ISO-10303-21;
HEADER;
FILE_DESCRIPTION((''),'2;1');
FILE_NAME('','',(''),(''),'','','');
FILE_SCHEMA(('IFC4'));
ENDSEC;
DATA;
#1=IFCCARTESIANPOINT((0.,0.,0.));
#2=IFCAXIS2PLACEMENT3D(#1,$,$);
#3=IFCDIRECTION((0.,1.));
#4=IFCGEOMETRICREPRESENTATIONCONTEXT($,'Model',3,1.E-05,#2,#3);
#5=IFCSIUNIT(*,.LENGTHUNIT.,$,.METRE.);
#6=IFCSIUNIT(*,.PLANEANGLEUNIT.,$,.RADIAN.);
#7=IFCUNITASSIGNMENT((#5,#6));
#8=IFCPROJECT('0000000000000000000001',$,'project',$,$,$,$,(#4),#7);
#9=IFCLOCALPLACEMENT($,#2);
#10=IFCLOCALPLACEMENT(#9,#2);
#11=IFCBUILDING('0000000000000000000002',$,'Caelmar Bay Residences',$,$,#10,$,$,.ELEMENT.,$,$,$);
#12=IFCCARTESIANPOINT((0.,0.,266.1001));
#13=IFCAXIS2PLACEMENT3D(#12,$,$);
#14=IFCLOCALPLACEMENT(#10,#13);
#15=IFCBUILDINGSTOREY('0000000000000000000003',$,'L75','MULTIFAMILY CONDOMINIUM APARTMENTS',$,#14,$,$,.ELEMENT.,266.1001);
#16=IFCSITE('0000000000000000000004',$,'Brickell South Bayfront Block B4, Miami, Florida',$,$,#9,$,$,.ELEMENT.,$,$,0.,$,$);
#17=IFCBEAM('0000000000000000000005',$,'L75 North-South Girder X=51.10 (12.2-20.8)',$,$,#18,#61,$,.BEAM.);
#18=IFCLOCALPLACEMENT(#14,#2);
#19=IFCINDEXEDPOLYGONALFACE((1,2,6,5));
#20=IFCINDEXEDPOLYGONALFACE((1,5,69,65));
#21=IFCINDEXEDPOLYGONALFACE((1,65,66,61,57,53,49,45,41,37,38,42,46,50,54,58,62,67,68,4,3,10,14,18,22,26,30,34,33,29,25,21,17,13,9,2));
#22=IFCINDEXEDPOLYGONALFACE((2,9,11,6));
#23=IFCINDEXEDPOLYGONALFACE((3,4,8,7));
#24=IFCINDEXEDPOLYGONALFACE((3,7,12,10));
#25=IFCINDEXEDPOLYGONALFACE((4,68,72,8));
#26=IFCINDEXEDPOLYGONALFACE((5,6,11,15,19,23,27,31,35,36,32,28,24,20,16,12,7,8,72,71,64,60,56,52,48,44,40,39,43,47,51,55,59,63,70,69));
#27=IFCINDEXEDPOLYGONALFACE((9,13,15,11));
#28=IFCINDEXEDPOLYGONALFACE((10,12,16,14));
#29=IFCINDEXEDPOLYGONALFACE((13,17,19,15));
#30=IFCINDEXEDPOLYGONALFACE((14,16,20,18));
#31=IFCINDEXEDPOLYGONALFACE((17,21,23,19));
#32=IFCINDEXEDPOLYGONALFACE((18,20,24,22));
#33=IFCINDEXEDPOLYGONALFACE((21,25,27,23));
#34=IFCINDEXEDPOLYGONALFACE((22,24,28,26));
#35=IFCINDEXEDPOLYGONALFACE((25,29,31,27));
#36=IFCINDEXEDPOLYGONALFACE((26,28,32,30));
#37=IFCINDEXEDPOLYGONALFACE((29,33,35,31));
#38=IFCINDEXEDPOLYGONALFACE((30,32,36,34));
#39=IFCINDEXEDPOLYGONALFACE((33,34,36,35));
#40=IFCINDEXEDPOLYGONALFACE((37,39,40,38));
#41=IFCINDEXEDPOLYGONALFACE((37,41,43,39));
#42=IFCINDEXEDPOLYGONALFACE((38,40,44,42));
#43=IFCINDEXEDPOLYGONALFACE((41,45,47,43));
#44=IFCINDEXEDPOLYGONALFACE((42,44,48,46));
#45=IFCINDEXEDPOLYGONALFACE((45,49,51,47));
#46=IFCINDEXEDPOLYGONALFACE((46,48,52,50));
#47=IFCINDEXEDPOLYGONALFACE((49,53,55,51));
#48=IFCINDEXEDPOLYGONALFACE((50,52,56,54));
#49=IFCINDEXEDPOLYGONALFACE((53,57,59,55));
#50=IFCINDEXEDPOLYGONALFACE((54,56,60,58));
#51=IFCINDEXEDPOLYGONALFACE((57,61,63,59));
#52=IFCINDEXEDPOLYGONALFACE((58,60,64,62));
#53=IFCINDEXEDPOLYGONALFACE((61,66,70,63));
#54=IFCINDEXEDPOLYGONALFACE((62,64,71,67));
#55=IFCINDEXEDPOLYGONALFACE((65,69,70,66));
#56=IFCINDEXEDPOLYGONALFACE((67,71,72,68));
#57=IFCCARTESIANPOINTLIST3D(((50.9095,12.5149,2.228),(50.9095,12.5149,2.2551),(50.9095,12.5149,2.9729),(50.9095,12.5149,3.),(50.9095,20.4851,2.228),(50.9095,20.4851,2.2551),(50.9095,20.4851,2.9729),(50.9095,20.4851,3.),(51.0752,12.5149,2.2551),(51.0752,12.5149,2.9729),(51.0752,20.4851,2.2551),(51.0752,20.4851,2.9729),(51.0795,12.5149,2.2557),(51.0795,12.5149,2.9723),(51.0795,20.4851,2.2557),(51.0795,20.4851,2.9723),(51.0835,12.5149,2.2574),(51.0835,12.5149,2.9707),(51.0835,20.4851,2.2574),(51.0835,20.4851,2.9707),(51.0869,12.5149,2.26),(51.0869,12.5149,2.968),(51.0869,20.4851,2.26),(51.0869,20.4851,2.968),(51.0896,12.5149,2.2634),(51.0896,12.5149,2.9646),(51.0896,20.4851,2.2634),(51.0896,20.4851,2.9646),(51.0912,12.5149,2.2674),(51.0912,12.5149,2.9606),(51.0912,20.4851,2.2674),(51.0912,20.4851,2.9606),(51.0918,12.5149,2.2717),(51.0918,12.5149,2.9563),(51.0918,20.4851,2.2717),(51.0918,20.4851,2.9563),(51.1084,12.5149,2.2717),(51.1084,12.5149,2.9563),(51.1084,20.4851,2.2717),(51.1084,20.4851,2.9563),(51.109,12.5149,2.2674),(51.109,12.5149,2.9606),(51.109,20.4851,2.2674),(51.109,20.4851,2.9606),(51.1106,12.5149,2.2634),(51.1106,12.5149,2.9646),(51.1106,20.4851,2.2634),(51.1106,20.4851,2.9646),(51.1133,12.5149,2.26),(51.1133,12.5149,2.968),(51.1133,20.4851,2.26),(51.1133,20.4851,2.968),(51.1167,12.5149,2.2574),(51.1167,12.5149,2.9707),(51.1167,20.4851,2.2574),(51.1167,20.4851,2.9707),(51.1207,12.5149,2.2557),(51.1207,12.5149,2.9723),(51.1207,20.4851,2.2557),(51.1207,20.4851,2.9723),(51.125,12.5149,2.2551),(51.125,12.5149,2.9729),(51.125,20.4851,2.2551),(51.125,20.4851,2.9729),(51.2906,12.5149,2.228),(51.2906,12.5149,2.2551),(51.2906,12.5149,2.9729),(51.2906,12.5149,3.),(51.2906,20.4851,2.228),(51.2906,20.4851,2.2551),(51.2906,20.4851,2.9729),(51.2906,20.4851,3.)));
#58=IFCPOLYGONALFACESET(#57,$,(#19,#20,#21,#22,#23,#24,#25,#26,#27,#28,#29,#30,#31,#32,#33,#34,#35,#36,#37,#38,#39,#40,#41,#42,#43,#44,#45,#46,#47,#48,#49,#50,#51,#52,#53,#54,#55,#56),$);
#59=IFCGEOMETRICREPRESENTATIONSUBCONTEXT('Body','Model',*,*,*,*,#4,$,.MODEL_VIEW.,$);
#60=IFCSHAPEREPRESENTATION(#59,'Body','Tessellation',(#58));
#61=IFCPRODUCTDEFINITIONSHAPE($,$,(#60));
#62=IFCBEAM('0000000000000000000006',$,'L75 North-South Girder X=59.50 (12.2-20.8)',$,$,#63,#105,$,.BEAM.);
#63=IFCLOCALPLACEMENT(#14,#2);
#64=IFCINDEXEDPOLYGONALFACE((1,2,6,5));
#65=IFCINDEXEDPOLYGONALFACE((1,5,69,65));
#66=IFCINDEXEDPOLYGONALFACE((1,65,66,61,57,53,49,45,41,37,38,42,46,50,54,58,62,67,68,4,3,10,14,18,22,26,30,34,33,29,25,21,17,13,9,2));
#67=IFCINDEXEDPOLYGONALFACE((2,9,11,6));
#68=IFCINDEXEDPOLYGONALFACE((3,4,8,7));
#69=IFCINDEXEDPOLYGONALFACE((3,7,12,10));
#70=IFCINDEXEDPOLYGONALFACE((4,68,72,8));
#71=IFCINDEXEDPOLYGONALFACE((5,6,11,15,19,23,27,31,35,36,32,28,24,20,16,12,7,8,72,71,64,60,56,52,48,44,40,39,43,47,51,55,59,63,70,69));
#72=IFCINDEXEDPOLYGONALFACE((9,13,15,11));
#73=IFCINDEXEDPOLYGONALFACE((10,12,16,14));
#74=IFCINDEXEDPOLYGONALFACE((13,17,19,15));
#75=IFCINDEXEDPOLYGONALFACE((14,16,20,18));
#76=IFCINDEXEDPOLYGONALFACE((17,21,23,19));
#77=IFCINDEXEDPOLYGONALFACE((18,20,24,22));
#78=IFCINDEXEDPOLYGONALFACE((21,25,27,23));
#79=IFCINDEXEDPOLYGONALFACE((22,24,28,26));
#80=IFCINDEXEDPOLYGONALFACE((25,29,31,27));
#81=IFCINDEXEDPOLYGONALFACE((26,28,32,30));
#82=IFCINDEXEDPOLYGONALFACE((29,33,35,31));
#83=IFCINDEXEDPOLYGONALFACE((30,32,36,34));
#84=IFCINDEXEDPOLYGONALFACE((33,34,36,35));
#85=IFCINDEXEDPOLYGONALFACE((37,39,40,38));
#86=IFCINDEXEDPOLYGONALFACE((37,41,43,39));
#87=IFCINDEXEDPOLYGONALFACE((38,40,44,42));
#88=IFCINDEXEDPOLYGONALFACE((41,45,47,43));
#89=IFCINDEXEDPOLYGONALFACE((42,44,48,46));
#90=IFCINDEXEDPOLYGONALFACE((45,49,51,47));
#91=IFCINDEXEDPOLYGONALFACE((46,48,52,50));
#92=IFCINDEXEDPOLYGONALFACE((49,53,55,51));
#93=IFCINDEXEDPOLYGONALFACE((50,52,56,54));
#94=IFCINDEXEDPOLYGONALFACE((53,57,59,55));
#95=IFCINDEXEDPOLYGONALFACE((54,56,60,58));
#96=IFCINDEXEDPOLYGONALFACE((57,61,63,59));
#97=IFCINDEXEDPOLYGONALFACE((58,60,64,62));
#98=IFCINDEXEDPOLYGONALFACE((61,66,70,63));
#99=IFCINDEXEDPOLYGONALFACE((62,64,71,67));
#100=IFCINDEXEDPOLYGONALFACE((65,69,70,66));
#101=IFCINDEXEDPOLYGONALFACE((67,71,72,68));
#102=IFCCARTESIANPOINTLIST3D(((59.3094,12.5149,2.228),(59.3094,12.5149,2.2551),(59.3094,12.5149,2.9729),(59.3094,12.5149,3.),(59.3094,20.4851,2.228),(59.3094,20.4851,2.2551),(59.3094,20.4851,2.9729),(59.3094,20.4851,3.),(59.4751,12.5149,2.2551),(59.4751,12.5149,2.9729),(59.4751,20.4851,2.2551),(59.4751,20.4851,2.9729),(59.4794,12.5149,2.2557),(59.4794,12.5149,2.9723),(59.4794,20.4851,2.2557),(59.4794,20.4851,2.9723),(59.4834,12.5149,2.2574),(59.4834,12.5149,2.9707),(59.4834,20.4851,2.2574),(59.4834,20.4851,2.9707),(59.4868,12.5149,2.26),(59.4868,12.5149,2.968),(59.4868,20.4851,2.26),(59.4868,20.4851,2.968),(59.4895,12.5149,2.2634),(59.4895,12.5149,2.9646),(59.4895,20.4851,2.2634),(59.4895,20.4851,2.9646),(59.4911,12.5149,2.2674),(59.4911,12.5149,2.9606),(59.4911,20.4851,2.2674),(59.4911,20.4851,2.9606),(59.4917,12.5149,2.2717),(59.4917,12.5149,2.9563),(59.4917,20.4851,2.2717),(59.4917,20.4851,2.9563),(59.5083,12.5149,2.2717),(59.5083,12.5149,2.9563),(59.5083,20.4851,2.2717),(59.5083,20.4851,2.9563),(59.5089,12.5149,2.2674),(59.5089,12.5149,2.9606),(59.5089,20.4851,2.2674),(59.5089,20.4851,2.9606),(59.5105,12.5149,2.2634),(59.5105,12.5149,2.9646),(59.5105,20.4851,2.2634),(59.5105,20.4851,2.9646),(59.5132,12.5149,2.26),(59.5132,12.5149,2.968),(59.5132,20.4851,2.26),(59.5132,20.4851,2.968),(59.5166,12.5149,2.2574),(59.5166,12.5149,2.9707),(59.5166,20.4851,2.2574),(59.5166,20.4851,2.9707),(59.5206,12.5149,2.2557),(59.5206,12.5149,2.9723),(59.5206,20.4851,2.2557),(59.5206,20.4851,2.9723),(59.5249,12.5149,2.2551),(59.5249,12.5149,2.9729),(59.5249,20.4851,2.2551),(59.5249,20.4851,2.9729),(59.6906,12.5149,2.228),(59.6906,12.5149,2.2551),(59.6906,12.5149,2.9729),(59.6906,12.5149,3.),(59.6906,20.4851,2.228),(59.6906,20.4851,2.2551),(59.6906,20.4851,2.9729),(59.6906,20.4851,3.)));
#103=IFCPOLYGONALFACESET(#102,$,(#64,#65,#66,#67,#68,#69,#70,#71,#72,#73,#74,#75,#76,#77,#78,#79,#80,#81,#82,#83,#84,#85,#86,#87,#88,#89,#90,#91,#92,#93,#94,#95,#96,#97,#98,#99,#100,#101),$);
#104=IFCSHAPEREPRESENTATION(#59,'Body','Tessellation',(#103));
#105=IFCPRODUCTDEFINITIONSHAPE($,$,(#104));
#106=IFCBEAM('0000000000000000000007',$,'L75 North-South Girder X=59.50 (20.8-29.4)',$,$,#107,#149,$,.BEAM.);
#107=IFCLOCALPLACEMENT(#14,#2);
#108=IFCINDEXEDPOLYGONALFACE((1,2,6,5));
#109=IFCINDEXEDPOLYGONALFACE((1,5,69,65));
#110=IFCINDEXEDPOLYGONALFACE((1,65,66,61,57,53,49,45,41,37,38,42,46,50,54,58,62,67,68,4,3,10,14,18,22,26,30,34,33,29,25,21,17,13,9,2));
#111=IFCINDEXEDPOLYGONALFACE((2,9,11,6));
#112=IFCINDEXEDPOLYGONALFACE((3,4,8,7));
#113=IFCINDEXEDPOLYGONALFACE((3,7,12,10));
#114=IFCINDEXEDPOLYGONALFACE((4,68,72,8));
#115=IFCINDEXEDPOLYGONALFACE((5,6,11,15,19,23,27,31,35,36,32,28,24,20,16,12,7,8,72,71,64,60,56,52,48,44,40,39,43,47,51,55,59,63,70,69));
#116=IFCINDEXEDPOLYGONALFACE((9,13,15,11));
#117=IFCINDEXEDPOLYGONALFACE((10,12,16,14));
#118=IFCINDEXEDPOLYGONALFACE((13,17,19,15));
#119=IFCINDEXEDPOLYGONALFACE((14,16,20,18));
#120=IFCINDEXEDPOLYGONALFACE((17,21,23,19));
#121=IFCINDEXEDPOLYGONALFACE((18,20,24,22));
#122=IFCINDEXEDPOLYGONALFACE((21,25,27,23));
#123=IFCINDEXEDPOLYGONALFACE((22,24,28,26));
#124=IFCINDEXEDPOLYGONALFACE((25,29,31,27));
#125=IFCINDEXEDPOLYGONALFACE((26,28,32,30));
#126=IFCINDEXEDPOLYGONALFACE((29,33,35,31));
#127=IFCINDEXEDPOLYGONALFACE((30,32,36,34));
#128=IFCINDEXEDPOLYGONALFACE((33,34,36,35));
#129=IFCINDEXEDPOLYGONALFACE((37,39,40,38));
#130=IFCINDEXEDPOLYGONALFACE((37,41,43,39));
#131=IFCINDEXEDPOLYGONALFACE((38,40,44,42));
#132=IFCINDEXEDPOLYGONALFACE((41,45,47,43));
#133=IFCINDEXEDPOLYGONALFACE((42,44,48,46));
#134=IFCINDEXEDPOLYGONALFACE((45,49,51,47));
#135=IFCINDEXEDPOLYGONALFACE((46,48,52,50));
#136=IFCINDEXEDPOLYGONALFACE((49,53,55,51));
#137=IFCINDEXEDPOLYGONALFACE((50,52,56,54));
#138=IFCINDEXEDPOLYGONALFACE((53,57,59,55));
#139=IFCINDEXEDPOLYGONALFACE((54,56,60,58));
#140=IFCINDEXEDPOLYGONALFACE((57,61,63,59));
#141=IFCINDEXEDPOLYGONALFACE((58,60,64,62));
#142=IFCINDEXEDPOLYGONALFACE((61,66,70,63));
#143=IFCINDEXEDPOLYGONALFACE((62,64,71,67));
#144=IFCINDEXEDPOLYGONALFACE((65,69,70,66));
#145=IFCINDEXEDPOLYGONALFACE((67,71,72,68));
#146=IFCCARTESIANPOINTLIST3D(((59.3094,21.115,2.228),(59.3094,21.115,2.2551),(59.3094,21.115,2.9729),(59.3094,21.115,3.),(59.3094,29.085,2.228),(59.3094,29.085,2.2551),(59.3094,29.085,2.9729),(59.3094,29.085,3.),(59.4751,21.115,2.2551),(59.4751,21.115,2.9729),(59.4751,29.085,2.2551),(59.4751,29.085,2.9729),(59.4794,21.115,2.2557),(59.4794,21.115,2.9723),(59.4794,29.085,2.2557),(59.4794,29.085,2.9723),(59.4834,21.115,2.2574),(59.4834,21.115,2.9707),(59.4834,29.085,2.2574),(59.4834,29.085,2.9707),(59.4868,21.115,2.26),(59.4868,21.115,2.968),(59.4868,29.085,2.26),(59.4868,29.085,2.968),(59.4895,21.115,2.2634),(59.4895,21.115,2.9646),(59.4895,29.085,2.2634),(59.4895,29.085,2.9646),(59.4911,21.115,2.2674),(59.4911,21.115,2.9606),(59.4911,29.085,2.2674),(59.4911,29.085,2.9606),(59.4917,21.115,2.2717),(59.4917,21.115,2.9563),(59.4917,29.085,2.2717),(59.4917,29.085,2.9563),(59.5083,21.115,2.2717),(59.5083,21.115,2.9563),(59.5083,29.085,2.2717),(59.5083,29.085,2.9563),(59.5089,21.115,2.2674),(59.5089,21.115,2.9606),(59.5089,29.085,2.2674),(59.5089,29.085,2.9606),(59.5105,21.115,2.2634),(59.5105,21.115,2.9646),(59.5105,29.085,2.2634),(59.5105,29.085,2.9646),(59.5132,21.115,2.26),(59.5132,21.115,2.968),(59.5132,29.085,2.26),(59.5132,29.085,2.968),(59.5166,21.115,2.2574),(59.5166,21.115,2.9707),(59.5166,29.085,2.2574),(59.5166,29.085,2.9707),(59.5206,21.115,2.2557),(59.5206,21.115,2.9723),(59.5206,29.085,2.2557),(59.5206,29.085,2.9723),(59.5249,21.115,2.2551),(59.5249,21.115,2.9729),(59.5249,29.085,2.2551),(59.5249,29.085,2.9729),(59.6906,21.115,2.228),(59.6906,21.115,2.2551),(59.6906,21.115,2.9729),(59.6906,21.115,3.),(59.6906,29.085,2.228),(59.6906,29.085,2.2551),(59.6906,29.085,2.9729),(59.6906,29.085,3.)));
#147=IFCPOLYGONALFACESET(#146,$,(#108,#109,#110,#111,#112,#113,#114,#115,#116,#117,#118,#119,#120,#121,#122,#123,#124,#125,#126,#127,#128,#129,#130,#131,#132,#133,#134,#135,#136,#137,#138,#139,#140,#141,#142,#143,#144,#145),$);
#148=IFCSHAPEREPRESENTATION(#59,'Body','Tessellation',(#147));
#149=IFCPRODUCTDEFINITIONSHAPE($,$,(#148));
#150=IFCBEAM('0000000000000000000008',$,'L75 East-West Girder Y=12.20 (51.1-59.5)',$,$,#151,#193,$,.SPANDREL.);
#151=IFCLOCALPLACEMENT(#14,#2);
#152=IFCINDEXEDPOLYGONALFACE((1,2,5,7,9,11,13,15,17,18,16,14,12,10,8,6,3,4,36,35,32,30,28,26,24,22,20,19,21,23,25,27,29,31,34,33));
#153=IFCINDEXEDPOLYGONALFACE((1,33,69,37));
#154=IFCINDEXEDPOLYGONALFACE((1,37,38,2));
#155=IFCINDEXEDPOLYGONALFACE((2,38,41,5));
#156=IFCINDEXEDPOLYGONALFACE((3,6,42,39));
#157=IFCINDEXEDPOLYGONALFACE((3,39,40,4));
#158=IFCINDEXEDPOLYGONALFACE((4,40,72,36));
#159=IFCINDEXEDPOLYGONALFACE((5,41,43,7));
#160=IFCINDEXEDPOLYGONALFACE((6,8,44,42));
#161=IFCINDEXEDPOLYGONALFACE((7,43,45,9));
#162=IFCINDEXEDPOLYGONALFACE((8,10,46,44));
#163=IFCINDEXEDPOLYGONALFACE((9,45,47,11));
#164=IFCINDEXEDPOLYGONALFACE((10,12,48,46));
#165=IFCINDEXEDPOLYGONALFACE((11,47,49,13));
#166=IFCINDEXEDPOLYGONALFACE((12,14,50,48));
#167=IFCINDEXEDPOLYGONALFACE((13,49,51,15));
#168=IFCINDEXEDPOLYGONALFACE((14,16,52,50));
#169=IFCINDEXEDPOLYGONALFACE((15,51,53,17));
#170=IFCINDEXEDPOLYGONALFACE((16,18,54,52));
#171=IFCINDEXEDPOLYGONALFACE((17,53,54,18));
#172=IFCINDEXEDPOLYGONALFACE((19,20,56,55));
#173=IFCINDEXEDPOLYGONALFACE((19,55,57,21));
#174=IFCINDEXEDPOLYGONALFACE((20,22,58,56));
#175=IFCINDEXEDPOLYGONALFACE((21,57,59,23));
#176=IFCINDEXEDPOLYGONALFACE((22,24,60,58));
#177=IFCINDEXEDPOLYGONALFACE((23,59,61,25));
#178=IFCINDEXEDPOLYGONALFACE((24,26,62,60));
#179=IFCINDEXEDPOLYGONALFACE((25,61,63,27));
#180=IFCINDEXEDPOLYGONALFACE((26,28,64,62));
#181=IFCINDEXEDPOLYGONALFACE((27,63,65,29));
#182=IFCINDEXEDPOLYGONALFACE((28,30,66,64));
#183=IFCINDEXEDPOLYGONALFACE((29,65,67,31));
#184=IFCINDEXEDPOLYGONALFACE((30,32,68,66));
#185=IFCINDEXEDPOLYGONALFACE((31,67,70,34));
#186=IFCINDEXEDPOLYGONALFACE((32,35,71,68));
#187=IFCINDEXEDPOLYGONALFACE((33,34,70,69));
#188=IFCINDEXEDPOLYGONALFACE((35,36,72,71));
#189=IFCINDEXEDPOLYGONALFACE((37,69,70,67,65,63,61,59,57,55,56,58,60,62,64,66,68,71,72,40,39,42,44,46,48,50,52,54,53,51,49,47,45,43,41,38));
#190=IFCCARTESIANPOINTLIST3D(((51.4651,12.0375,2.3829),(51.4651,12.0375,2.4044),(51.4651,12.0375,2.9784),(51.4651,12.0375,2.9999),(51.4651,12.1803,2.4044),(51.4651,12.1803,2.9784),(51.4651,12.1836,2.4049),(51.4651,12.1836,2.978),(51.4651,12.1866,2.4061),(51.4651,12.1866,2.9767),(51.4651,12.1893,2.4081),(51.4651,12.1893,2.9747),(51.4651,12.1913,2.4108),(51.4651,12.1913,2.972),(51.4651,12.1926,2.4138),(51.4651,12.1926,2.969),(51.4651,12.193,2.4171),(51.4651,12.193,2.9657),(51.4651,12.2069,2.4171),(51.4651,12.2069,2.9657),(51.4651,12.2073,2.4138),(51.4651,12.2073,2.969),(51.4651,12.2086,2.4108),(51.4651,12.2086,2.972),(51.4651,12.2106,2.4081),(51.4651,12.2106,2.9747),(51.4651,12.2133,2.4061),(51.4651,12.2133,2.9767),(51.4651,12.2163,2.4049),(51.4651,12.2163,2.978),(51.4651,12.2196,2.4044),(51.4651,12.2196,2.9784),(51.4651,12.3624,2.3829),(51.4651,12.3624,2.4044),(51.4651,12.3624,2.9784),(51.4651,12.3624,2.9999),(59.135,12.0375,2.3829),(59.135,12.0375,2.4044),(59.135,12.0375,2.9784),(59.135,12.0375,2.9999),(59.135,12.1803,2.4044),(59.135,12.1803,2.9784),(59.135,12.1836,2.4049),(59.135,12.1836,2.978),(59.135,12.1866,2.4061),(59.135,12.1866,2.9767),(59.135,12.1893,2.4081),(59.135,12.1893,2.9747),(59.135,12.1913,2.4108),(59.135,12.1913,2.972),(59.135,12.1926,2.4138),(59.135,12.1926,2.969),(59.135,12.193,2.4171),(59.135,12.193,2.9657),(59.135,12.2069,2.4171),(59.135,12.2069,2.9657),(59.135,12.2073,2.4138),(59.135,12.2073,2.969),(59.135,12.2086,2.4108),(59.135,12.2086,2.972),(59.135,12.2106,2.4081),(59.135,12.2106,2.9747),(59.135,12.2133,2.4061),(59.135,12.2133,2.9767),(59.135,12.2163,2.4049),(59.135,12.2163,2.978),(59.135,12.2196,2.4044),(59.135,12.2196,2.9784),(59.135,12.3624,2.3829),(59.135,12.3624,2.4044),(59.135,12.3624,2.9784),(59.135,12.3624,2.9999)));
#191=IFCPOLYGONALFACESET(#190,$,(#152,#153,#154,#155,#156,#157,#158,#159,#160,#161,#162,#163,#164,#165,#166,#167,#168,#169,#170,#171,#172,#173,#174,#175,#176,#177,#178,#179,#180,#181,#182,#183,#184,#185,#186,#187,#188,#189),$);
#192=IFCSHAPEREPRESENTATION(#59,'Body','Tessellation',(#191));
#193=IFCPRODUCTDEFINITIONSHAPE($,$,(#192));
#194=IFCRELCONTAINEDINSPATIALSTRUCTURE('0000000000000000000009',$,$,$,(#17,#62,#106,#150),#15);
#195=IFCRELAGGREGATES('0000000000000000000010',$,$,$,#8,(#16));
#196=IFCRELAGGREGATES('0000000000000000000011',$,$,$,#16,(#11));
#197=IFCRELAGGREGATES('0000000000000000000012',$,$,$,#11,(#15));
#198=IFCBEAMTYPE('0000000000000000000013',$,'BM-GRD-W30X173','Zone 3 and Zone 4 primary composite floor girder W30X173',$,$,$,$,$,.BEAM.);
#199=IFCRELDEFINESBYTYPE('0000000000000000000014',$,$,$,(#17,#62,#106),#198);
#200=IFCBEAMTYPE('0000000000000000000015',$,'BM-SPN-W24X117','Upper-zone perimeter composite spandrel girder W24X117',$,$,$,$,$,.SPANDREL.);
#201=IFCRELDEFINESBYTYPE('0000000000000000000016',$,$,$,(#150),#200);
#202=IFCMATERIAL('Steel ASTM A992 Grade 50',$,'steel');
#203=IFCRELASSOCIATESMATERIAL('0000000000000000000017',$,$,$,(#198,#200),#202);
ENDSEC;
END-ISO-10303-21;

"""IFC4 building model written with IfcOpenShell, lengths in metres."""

from ifc_helpers import new_model, si_unit, direction, frame, origin, origin_2d, place, context, subcontext, project, spatial, i_section, extrude, material, material_profile, profile_set, type_object, element, save


model = new_model("IFC4")

# Units and contexts
model_context = context("Model", 3, precision=1e-05, world=origin(), true_north=direction((0.0, 1.0)))
body_context = subcontext(model_context, "Body", "Model", "MODEL_VIEW")
ifc_project = project(units=[si_unit("LENGTHUNIT", "METRE"), si_unit("PLANEANGLEUNIT", "RADIAN")], contexts=[model_context])

# Site, building, storey
site_placement = place(None, origin())
site = spatial("IfcSite", under=ifc_project, at=site_placement, Name="Brickell South Bayfront Block B4, Miami, Florida", CompositionType="ELEMENT", RefElevation=0.0)
building_placement = place(site_placement, origin())
building = spatial("IfcBuilding", under=site, at=building_placement, Name="Caelmar Bay Residences", CompositionType="ELEMENT")
storey_placement = place(building_placement, frame((0.0, 0.0, 266.1001)))
storey = spatial("IfcBuildingStorey", under=building, at=storey_placement, Name="L75", Description="MULTIFAMILY CONDOMINIUM APARTMENTS", CompositionType="ELEMENT", Elevation=266.1001)

# Beams
ifc_material_1 = material(Name="Steel ASTM A992 Grade 50", Category="steel")
ifc_material_profile_1 = material_profile(ifc_material_1, i_section(OverallWidth=0.3811, OverallDepth=0.772, WebThickness=0.0166, FlangeThickness=0.0271, FilletRadius=0.0166, at=origin_2d()), Name="W30X173")
ifc_profile_set_1 = profile_set([ifc_material_profile_1], Name="Steel ASTM A992 Grade 50")
beam_type_1 = type_object("IfcBeamType", Name="BM-GRD-W30X173", Description="Zone 3 and Zone 4 primary composite floor girder W30X173", PredefinedType="BEAM", material=ifc_profile_set_1)
for number, where, z_axis, x_axis, name in (
    (1, (51.1001, 12.5149, 2.614), (0.0, 1.0, 0.0), (-1.0, 0.0, 0.0), "L75 North-South Girder X=51.10 (12.2-20.8)"),
    (2, (59.5, 12.5149, 2.614), (0.0, 1.0, 0.0), (-1.0, 0.0, 0.0), "L75 North-South Girder X=59.50 (12.2-20.8)"),
):
    element("IfcBeam", number, at=place(storey_placement, frame(where, z_axis=z_axis, x_axis=x_axis)), inside=storey, type_object=beam_type_1, Name=name, PredefinedType="BEAM", context=body_context, shape_type="SweptSolid", body=[
        extrude(i_section(OverallWidth=0.3811, OverallDepth=0.772, WebThickness=0.0166, FlangeThickness=0.0271, FilletRadius=0.0166, at=origin_2d()), origin(), (0.0, 0.0, 1.0), 7.9702),
    ])
beam_1_placement = place(storey_placement, frame((59.5, 21.115, 2.614), z_axis=(0.0, 1.0, 0.0), x_axis=(-1.0, 0.0, 0.0)))
element("IfcBeam", 3, at=beam_1_placement, inside=storey, type_object=beam_type_1, Name="L75 North-South Girder X=59.50 (20.8-29.4)", PredefinedType="BEAM", context=body_context, shape_type="SweptSolid", body=[
    extrude(i_section(OverallWidth=0.3811, OverallDepth=0.772, WebThickness=0.0166, FlangeThickness=0.0271, FilletRadius=0.0166, at=origin_2d()), origin(), (0.0, 0.0, 1.0), 7.97),
])
ifc_material_profile_2 = material_profile(ifc_material_1, i_section(OverallWidth=0.325, OverallDepth=0.6169, WebThickness=0.0139, FlangeThickness=0.0215, FilletRadius=0.0127, at=origin_2d()), Name="W24X117")
ifc_profile_set_2 = profile_set([ifc_material_profile_2], Name="Steel ASTM A992 Grade 50")
beam_type_2 = type_object("IfcBeamType", Name="BM-SPN-W24X117", Description="Upper-zone perimeter composite spandrel girder W24X117", PredefinedType="SPANDREL", material=ifc_profile_set_2)
beam_2_placement = place(storey_placement, frame((51.4651, 12.2, 2.6914), z_axis=(1.0, 0.0, 0.0), x_axis=(0.0, 1.0, 0.0)))
element("IfcBeam", 4, at=beam_2_placement, inside=storey, type_object=beam_type_2, Name="L75 East-West Girder Y=12.20 (51.1-59.5)", PredefinedType="SPANDREL", context=body_context, shape_type="SweptSolid", body=[
    extrude(i_section(OverallWidth=0.325, OverallDepth=0.6169, WebThickness=0.0139, FlangeThickness=0.0215, FilletRadius=0.0127, at=origin_2d()), origin(), (0.0, 0.0, 1.0), 7.6699),
])

save(model, "model.ifc")
